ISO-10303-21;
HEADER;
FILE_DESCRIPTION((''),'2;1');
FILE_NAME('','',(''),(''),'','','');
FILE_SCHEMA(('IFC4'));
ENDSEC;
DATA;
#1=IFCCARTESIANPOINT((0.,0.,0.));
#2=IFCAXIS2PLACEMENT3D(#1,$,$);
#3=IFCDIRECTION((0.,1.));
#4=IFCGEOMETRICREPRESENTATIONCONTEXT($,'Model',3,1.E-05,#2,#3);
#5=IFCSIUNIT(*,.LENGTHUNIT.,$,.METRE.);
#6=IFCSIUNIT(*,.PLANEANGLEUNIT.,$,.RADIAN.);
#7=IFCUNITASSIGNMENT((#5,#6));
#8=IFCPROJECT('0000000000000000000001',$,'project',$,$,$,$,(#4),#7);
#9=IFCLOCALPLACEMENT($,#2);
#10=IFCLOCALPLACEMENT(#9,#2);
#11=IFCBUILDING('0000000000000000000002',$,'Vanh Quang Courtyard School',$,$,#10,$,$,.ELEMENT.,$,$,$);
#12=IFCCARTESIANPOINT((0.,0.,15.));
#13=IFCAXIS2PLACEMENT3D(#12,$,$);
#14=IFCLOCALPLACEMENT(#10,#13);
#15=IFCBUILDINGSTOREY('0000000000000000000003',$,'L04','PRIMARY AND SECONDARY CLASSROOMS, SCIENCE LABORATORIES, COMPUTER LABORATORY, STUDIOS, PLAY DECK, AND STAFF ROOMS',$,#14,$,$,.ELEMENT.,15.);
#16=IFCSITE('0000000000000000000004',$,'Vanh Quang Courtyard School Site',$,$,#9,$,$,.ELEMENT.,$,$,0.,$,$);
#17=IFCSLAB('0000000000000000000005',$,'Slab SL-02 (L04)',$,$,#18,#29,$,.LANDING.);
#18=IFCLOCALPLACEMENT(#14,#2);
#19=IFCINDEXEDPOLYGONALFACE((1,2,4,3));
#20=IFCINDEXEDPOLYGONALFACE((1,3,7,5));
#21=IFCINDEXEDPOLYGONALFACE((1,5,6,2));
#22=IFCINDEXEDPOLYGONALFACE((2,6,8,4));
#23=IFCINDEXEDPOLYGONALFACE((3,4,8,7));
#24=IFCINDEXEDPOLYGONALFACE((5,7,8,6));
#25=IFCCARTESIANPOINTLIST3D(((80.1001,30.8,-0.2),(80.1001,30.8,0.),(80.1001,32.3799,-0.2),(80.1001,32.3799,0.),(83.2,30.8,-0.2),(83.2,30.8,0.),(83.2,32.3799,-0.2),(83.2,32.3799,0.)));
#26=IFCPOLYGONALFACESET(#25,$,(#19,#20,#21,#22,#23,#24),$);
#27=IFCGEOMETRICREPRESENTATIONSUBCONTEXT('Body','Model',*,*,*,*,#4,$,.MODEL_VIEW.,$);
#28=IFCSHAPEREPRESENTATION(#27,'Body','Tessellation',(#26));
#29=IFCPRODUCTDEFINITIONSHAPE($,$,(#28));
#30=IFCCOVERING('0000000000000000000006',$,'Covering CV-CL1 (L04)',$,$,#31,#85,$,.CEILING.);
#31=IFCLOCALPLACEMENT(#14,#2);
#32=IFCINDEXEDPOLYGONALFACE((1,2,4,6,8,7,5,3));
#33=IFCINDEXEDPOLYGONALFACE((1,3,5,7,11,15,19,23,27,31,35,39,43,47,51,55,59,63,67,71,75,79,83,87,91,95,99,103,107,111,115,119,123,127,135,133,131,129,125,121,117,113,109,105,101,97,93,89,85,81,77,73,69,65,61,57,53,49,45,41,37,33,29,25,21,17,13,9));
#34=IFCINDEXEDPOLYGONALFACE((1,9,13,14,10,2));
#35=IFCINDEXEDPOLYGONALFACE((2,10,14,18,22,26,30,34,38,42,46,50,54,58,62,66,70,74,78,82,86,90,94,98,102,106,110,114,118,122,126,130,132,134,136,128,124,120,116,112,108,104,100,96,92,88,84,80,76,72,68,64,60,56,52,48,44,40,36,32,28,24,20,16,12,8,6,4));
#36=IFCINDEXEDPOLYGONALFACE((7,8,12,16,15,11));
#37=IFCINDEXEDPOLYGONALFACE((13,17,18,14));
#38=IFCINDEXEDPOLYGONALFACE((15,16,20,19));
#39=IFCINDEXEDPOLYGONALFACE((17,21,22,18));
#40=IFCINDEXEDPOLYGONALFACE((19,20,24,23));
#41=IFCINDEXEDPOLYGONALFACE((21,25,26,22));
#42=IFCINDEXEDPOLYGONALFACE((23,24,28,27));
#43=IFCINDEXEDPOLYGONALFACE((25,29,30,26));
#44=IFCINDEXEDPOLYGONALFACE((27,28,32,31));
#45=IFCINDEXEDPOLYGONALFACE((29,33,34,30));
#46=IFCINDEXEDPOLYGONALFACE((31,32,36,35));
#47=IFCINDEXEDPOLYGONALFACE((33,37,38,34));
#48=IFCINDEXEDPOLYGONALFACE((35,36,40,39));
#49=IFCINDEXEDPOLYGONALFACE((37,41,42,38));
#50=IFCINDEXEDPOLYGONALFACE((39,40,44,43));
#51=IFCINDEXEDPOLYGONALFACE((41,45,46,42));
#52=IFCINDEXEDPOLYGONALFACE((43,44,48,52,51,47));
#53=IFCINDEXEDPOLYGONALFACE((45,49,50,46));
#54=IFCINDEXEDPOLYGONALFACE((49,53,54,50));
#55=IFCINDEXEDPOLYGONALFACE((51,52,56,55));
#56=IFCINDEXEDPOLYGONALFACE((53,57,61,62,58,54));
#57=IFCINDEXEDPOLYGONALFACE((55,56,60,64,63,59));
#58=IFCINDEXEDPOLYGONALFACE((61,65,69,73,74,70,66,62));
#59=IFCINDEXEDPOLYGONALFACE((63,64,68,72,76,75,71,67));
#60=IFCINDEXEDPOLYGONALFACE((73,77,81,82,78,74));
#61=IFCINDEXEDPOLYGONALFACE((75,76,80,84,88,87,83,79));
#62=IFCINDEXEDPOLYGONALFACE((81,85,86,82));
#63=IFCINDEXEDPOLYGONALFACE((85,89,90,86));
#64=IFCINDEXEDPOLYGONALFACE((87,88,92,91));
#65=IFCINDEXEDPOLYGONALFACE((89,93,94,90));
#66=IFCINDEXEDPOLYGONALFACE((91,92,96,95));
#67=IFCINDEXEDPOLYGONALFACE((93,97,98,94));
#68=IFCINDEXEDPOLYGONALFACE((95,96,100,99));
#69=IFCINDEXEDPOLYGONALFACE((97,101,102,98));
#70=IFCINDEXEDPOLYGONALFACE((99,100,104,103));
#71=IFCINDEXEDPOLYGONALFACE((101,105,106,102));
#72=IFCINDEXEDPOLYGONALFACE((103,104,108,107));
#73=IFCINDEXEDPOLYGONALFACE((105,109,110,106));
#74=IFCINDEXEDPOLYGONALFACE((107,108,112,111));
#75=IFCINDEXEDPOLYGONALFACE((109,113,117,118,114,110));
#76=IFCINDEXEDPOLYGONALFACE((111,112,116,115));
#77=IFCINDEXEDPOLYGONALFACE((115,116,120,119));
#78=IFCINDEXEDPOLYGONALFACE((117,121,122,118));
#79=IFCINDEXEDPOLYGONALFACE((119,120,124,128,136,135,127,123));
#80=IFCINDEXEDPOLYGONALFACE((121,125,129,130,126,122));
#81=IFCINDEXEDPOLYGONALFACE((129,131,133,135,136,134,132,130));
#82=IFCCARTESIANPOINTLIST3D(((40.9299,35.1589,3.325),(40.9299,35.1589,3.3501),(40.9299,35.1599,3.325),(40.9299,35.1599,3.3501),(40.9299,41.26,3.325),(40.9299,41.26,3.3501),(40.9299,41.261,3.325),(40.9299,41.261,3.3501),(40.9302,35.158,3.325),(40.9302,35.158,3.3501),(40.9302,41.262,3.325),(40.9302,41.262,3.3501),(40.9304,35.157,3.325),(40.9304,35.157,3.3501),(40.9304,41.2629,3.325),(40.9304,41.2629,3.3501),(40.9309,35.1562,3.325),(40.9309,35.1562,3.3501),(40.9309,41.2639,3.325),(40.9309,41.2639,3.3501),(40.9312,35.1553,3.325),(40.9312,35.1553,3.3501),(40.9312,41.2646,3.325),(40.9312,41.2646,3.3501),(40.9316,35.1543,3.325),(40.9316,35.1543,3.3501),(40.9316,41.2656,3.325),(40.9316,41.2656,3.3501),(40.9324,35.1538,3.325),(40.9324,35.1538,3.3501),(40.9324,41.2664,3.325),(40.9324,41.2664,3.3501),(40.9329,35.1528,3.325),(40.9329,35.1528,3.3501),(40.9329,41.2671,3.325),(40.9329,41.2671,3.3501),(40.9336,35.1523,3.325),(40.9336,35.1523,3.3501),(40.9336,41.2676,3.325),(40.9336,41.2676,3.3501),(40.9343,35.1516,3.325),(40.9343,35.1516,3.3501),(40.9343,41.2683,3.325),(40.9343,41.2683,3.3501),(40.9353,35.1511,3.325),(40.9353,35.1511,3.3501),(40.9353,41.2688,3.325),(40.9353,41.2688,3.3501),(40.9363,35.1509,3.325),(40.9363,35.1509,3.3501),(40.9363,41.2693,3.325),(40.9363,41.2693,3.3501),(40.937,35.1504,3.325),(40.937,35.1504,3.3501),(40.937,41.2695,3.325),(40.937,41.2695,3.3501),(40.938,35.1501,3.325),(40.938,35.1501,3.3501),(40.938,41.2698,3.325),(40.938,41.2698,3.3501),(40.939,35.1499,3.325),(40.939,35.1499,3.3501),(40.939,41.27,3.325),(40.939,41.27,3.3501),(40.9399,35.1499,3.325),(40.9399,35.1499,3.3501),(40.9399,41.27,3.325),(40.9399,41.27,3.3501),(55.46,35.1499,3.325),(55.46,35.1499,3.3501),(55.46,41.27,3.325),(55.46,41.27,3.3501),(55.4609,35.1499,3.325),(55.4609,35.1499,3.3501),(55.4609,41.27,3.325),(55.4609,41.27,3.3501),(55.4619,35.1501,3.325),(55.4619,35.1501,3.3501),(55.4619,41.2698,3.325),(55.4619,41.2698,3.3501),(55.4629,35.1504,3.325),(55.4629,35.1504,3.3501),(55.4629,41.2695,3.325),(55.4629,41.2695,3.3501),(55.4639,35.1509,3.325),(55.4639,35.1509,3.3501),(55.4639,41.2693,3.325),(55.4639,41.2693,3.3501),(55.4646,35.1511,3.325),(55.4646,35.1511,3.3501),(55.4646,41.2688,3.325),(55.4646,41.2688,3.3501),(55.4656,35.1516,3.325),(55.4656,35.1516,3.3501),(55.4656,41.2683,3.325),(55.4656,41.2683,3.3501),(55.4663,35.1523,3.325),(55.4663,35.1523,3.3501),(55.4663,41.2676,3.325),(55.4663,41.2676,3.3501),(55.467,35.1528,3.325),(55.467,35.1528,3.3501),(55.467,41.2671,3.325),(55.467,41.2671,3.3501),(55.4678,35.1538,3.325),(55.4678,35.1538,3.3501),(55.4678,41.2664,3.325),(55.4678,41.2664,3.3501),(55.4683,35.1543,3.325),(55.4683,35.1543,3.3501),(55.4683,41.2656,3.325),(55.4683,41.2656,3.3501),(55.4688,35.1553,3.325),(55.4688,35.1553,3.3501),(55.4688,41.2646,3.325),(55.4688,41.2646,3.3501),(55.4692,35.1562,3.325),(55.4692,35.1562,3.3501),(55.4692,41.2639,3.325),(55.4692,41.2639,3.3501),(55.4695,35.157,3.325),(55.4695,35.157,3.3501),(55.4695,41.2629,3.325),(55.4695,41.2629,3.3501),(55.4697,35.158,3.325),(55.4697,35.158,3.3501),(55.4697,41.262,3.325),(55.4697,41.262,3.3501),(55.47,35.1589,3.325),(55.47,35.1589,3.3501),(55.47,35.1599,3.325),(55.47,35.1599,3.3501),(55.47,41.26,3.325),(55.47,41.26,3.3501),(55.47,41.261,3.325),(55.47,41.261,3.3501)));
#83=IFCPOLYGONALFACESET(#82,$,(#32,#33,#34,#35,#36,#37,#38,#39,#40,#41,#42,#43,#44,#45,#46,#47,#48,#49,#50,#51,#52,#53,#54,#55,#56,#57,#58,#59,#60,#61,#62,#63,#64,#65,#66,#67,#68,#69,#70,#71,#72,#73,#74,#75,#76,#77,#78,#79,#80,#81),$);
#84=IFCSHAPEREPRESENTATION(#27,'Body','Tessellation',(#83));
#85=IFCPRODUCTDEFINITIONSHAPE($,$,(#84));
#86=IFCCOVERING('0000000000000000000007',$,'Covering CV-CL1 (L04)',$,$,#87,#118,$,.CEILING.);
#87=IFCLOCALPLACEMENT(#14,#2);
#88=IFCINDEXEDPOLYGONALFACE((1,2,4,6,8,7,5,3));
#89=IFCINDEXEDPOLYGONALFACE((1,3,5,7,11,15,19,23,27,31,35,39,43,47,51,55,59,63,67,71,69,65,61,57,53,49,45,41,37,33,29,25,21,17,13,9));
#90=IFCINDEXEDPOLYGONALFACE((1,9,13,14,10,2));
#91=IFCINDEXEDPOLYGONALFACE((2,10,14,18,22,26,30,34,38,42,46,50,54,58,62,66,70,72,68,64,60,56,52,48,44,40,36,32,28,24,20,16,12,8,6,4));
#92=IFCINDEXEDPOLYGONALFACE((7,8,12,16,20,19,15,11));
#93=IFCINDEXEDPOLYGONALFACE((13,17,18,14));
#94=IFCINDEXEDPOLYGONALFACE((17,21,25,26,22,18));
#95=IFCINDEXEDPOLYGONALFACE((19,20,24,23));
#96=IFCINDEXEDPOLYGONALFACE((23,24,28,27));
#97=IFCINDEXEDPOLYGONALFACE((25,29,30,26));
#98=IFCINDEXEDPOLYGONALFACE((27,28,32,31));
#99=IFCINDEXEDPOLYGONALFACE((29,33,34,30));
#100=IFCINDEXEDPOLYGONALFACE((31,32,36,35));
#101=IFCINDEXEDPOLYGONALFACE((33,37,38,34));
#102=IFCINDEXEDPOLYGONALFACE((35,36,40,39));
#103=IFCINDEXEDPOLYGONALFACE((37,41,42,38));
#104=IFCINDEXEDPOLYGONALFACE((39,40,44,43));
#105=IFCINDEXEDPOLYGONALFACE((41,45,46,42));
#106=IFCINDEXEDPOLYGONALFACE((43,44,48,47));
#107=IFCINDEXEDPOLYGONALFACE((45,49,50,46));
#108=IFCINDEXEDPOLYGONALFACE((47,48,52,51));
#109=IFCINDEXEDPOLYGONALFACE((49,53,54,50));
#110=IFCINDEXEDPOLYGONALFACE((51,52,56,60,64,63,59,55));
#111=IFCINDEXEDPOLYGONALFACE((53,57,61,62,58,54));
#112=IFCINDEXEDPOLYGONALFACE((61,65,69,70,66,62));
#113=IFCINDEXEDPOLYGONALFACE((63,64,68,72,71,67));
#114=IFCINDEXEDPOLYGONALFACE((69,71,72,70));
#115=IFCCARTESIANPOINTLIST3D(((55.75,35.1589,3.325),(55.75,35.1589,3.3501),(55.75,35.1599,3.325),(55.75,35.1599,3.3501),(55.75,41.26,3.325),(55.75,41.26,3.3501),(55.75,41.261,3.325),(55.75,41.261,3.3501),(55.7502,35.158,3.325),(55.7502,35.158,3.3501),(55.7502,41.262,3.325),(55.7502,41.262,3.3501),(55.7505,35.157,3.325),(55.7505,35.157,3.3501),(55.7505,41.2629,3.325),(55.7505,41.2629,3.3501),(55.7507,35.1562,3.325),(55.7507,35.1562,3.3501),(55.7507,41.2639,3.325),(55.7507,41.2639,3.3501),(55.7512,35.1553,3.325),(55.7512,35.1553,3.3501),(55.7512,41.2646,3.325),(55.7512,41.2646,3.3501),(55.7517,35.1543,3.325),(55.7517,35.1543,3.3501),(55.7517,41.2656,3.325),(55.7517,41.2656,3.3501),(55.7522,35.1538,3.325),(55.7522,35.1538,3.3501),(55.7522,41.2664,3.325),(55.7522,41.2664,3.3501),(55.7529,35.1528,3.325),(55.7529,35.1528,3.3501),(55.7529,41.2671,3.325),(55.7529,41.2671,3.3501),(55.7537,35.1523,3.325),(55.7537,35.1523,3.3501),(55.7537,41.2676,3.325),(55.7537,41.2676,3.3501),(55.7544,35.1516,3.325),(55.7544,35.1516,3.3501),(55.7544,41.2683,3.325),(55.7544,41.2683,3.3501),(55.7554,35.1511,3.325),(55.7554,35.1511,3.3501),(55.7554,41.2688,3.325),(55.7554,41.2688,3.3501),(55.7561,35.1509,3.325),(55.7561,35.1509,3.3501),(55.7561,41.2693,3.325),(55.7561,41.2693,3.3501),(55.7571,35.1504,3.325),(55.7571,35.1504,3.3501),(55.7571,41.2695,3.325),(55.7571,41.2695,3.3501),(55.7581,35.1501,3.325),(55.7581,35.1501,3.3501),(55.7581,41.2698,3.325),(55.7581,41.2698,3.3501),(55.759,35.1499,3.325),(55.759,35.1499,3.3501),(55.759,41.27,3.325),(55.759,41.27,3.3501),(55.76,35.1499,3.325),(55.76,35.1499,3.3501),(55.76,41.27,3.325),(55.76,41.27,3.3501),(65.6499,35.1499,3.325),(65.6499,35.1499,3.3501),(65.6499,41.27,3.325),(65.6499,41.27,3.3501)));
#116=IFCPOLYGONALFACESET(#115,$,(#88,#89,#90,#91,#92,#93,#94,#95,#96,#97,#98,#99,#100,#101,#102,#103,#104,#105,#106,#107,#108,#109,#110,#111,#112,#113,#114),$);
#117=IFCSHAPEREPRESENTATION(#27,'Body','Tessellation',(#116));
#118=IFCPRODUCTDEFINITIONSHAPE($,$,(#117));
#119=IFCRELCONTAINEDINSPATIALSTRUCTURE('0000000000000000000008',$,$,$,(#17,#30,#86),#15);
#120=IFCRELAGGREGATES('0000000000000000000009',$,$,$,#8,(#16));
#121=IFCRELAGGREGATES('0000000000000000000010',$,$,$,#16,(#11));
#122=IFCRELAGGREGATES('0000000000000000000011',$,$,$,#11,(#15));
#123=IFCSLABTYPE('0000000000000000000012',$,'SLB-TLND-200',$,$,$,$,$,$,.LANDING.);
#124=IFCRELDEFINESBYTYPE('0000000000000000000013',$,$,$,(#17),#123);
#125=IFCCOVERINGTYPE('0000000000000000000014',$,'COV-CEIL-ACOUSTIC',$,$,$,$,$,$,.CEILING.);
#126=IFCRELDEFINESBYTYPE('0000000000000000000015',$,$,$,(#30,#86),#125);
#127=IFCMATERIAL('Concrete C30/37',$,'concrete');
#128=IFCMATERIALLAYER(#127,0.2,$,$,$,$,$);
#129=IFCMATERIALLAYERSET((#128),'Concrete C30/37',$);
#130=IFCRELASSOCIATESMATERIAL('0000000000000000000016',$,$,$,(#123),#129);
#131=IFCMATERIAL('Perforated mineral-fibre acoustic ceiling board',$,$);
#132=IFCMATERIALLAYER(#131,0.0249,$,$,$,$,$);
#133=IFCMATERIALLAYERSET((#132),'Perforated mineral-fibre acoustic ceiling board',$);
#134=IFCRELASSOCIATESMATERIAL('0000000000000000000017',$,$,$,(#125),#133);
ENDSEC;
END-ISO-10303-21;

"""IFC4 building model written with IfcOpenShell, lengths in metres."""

from ifc_helpers import new_model, si_unit, direction, frame, origin, place, context, subcontext, project, spatial, polyline, outline, extrude, material, layer, layer_set, type_object, element, save


model = new_model("IFC4")

# Units and contexts
model_context = context("Model", 3, precision=1e-05, world=origin(), true_north=direction((0.0, 1.0)))
body_context = subcontext(model_context, "Body", "Model", "MODEL_VIEW")
ifc_project = project(units=[si_unit("LENGTHUNIT", "METRE"), si_unit("PLANEANGLEUNIT", "RADIAN")], contexts=[model_context])

# Site, building, storey
site_placement = place(None, origin())
site = spatial("IfcSite", under=ifc_project, at=site_placement, Name="Vanh Quang Courtyard School Site", CompositionType="ELEMENT", RefElevation=0.0)
building_placement = place(site_placement, origin())
building = spatial("IfcBuilding", under=site, at=building_placement, Name="Vanh Quang Courtyard School", CompositionType="ELEMENT")
storey_placement = place(building_placement, frame((0.0, 0.0, 15.0)))
storey = spatial("IfcBuildingStorey", under=building, at=storey_placement, Name="L04", Description="PRIMARY AND SECONDARY CLASSROOMS, SCIENCE LABORATORIES, COMPUTER LABORATORY, STUDIOS, PLAY DECK, AND STAFF ROOMS", CompositionType="ELEMENT", Elevation=15.0)

# Shared definitions
ifc_material_1 = material(Name="Concrete C30/37", Category="concrete")

# Slab
ifc_layer_1 = layer(ifc_material_1, 0.2)
ifc_layer_set_1 = layer_set([ifc_layer_1], Name="Concrete C30/37")
slab_type_1 = type_object("IfcSlabType", Name="SLB-TLND-200", PredefinedType="LANDING", material=ifc_layer_set_1)
slab_1_placement = place(storey_placement, frame((0.0, 0.0, -0.2)))
element("IfcSlab", 1, at=slab_1_placement, inside=storey, type_object=slab_type_1, Name="Slab SL-02 (L04)", PredefinedType="LANDING", context=body_context, shape_type="SweptSolid", body=[
    extrude(outline(polyline([(80.1001, 30.8), (83.2, 30.8), (83.2, 32.3799), (80.1001, 32.3799), (80.1001, 30.8)])), origin(), (0.0, 0.0, 1.0), 0.2),
])

# Coverings
ifc_material_2 = material(Name="Perforated mineral-fibre acoustic ceiling board")
ifc_layer_2 = layer(ifc_material_2, 0.0249)
ifc_layer_set_2 = layer_set([ifc_layer_2], Name="Perforated mineral-fibre acoustic ceiling board")
covering_type_1 = type_object("IfcCoveringType", Name="COV-CEIL-ACOUSTIC", PredefinedType="CEILING", material=ifc_layer_set_2)
covering_1_placement = place(storey_placement, frame((0.0, 0.0, 3.325)))
element("IfcCovering", 2, at=covering_1_placement, inside=storey, type_object=covering_type_1, Name="Covering CV-CL1 (L04)", PredefinedType="CEILING", context=body_context, shape_type="SweptSolid", body=[
    extrude(outline(polyline([(55.47, 35.1599), (55.47, 35.1589), (55.4697, 35.158), (55.4695, 35.157), (55.4692, 35.1562), (55.4688, 35.1553), (55.4683, 35.1543), (55.4678, 35.1538), (55.467, 35.1528), (55.4663, 35.1523), (55.4656, 35.1516), (55.4646, 35.1511), (55.4639, 35.1509), (55.4629, 35.1504), (55.4619, 35.1501), (55.4609, 35.1499), (55.46, 35.1499), (40.9399, 35.1499), (40.939, 35.1499), (40.938, 35.1501), (40.937, 35.1504), (40.9363, 35.1509), (40.9353, 35.1511), (40.9343, 35.1516), (40.9336, 35.1523), (40.9329, 35.1528), (40.9324, 35.1538), (40.9316, 35.1543), (40.9312, 35.1553), (40.9309, 35.1562), (40.9304, 35.157), (40.9302, 35.158), (40.9299, 35.1589), (40.9299, 35.1599), (40.9299, 41.26), (40.9299, 41.261), (40.9302, 41.262), (40.9304, 41.2629), (40.9309, 41.2639), (40.9312, 41.2646), (40.9316, 41.2656), (40.9324, 41.2664), (40.9329, 41.2671), (40.9336, 41.2676), (40.9343, 41.2683), (40.9353, 41.2688), (40.9363, 41.2693), (40.937, 41.2695), (40.938, 41.2698), (40.939, 41.27), (40.9399, 41.27), (55.46, 41.27), (55.4609, 41.27), (55.4619, 41.2698), (55.4629, 41.2695), (55.4639, 41.2693), (55.4646, 41.2688), (55.4656, 41.2683), (55.4663, 41.2676), (55.467, 41.2671), (55.4678, 41.2664), (55.4683, 41.2656), (55.4688, 41.2646), (55.4692, 41.2639), (55.4695, 41.2629), (55.4697, 41.262), (55.47, 41.261), (55.47, 41.26), (55.47, 35.1599)])), origin(), (0.0, 0.0, 1.0), 0.0251),
])
covering_2_placement = place(storey_placement, frame((0.0, 0.0, 3.325)))
element("IfcCovering", 3, at=covering_2_placement, inside=storey, type_object=covering_type_1, Name="Covering CV-CL1 (L04)", PredefinedType="CEILING", context=body_context, shape_type="SweptSolid", body=[
    extrude(outline(polyline([(55.76, 35.1499), (55.759, 35.1499), (55.7581, 35.1501), (55.7571, 35.1504), (55.7561, 35.1509), (55.7554, 35.1511), (55.7544, 35.1516), (55.7537, 35.1523), (55.7529, 35.1528), (55.7522, 35.1538), (55.7517, 35.1543), (55.7512, 35.1553), (55.7507, 35.1562), (55.7505, 35.157), (55.7502, 35.158), (55.75, 35.1589), (55.75, 35.1599), (55.75, 41.26), (55.75, 41.261), (55.7502, 41.262), (55.7505, 41.2629), (55.7507, 41.2639), (55.7512, 41.2646), (55.7517, 41.2656), (55.7522, 41.2664), (55.7529, 41.2671), (55.7537, 41.2676), (55.7544, 41.2683), (55.7554, 41.2688), (55.7561, 41.2693), (55.7571, 41.2695), (55.7581, 41.2698), (55.759, 41.27), (55.76, 41.27), (65.6499, 41.27), (65.6499, 35.1499), (55.76, 35.1499)])), origin(), (0.0, 0.0, 1.0), 0.0251),
])

save(model, "model.ifc")
